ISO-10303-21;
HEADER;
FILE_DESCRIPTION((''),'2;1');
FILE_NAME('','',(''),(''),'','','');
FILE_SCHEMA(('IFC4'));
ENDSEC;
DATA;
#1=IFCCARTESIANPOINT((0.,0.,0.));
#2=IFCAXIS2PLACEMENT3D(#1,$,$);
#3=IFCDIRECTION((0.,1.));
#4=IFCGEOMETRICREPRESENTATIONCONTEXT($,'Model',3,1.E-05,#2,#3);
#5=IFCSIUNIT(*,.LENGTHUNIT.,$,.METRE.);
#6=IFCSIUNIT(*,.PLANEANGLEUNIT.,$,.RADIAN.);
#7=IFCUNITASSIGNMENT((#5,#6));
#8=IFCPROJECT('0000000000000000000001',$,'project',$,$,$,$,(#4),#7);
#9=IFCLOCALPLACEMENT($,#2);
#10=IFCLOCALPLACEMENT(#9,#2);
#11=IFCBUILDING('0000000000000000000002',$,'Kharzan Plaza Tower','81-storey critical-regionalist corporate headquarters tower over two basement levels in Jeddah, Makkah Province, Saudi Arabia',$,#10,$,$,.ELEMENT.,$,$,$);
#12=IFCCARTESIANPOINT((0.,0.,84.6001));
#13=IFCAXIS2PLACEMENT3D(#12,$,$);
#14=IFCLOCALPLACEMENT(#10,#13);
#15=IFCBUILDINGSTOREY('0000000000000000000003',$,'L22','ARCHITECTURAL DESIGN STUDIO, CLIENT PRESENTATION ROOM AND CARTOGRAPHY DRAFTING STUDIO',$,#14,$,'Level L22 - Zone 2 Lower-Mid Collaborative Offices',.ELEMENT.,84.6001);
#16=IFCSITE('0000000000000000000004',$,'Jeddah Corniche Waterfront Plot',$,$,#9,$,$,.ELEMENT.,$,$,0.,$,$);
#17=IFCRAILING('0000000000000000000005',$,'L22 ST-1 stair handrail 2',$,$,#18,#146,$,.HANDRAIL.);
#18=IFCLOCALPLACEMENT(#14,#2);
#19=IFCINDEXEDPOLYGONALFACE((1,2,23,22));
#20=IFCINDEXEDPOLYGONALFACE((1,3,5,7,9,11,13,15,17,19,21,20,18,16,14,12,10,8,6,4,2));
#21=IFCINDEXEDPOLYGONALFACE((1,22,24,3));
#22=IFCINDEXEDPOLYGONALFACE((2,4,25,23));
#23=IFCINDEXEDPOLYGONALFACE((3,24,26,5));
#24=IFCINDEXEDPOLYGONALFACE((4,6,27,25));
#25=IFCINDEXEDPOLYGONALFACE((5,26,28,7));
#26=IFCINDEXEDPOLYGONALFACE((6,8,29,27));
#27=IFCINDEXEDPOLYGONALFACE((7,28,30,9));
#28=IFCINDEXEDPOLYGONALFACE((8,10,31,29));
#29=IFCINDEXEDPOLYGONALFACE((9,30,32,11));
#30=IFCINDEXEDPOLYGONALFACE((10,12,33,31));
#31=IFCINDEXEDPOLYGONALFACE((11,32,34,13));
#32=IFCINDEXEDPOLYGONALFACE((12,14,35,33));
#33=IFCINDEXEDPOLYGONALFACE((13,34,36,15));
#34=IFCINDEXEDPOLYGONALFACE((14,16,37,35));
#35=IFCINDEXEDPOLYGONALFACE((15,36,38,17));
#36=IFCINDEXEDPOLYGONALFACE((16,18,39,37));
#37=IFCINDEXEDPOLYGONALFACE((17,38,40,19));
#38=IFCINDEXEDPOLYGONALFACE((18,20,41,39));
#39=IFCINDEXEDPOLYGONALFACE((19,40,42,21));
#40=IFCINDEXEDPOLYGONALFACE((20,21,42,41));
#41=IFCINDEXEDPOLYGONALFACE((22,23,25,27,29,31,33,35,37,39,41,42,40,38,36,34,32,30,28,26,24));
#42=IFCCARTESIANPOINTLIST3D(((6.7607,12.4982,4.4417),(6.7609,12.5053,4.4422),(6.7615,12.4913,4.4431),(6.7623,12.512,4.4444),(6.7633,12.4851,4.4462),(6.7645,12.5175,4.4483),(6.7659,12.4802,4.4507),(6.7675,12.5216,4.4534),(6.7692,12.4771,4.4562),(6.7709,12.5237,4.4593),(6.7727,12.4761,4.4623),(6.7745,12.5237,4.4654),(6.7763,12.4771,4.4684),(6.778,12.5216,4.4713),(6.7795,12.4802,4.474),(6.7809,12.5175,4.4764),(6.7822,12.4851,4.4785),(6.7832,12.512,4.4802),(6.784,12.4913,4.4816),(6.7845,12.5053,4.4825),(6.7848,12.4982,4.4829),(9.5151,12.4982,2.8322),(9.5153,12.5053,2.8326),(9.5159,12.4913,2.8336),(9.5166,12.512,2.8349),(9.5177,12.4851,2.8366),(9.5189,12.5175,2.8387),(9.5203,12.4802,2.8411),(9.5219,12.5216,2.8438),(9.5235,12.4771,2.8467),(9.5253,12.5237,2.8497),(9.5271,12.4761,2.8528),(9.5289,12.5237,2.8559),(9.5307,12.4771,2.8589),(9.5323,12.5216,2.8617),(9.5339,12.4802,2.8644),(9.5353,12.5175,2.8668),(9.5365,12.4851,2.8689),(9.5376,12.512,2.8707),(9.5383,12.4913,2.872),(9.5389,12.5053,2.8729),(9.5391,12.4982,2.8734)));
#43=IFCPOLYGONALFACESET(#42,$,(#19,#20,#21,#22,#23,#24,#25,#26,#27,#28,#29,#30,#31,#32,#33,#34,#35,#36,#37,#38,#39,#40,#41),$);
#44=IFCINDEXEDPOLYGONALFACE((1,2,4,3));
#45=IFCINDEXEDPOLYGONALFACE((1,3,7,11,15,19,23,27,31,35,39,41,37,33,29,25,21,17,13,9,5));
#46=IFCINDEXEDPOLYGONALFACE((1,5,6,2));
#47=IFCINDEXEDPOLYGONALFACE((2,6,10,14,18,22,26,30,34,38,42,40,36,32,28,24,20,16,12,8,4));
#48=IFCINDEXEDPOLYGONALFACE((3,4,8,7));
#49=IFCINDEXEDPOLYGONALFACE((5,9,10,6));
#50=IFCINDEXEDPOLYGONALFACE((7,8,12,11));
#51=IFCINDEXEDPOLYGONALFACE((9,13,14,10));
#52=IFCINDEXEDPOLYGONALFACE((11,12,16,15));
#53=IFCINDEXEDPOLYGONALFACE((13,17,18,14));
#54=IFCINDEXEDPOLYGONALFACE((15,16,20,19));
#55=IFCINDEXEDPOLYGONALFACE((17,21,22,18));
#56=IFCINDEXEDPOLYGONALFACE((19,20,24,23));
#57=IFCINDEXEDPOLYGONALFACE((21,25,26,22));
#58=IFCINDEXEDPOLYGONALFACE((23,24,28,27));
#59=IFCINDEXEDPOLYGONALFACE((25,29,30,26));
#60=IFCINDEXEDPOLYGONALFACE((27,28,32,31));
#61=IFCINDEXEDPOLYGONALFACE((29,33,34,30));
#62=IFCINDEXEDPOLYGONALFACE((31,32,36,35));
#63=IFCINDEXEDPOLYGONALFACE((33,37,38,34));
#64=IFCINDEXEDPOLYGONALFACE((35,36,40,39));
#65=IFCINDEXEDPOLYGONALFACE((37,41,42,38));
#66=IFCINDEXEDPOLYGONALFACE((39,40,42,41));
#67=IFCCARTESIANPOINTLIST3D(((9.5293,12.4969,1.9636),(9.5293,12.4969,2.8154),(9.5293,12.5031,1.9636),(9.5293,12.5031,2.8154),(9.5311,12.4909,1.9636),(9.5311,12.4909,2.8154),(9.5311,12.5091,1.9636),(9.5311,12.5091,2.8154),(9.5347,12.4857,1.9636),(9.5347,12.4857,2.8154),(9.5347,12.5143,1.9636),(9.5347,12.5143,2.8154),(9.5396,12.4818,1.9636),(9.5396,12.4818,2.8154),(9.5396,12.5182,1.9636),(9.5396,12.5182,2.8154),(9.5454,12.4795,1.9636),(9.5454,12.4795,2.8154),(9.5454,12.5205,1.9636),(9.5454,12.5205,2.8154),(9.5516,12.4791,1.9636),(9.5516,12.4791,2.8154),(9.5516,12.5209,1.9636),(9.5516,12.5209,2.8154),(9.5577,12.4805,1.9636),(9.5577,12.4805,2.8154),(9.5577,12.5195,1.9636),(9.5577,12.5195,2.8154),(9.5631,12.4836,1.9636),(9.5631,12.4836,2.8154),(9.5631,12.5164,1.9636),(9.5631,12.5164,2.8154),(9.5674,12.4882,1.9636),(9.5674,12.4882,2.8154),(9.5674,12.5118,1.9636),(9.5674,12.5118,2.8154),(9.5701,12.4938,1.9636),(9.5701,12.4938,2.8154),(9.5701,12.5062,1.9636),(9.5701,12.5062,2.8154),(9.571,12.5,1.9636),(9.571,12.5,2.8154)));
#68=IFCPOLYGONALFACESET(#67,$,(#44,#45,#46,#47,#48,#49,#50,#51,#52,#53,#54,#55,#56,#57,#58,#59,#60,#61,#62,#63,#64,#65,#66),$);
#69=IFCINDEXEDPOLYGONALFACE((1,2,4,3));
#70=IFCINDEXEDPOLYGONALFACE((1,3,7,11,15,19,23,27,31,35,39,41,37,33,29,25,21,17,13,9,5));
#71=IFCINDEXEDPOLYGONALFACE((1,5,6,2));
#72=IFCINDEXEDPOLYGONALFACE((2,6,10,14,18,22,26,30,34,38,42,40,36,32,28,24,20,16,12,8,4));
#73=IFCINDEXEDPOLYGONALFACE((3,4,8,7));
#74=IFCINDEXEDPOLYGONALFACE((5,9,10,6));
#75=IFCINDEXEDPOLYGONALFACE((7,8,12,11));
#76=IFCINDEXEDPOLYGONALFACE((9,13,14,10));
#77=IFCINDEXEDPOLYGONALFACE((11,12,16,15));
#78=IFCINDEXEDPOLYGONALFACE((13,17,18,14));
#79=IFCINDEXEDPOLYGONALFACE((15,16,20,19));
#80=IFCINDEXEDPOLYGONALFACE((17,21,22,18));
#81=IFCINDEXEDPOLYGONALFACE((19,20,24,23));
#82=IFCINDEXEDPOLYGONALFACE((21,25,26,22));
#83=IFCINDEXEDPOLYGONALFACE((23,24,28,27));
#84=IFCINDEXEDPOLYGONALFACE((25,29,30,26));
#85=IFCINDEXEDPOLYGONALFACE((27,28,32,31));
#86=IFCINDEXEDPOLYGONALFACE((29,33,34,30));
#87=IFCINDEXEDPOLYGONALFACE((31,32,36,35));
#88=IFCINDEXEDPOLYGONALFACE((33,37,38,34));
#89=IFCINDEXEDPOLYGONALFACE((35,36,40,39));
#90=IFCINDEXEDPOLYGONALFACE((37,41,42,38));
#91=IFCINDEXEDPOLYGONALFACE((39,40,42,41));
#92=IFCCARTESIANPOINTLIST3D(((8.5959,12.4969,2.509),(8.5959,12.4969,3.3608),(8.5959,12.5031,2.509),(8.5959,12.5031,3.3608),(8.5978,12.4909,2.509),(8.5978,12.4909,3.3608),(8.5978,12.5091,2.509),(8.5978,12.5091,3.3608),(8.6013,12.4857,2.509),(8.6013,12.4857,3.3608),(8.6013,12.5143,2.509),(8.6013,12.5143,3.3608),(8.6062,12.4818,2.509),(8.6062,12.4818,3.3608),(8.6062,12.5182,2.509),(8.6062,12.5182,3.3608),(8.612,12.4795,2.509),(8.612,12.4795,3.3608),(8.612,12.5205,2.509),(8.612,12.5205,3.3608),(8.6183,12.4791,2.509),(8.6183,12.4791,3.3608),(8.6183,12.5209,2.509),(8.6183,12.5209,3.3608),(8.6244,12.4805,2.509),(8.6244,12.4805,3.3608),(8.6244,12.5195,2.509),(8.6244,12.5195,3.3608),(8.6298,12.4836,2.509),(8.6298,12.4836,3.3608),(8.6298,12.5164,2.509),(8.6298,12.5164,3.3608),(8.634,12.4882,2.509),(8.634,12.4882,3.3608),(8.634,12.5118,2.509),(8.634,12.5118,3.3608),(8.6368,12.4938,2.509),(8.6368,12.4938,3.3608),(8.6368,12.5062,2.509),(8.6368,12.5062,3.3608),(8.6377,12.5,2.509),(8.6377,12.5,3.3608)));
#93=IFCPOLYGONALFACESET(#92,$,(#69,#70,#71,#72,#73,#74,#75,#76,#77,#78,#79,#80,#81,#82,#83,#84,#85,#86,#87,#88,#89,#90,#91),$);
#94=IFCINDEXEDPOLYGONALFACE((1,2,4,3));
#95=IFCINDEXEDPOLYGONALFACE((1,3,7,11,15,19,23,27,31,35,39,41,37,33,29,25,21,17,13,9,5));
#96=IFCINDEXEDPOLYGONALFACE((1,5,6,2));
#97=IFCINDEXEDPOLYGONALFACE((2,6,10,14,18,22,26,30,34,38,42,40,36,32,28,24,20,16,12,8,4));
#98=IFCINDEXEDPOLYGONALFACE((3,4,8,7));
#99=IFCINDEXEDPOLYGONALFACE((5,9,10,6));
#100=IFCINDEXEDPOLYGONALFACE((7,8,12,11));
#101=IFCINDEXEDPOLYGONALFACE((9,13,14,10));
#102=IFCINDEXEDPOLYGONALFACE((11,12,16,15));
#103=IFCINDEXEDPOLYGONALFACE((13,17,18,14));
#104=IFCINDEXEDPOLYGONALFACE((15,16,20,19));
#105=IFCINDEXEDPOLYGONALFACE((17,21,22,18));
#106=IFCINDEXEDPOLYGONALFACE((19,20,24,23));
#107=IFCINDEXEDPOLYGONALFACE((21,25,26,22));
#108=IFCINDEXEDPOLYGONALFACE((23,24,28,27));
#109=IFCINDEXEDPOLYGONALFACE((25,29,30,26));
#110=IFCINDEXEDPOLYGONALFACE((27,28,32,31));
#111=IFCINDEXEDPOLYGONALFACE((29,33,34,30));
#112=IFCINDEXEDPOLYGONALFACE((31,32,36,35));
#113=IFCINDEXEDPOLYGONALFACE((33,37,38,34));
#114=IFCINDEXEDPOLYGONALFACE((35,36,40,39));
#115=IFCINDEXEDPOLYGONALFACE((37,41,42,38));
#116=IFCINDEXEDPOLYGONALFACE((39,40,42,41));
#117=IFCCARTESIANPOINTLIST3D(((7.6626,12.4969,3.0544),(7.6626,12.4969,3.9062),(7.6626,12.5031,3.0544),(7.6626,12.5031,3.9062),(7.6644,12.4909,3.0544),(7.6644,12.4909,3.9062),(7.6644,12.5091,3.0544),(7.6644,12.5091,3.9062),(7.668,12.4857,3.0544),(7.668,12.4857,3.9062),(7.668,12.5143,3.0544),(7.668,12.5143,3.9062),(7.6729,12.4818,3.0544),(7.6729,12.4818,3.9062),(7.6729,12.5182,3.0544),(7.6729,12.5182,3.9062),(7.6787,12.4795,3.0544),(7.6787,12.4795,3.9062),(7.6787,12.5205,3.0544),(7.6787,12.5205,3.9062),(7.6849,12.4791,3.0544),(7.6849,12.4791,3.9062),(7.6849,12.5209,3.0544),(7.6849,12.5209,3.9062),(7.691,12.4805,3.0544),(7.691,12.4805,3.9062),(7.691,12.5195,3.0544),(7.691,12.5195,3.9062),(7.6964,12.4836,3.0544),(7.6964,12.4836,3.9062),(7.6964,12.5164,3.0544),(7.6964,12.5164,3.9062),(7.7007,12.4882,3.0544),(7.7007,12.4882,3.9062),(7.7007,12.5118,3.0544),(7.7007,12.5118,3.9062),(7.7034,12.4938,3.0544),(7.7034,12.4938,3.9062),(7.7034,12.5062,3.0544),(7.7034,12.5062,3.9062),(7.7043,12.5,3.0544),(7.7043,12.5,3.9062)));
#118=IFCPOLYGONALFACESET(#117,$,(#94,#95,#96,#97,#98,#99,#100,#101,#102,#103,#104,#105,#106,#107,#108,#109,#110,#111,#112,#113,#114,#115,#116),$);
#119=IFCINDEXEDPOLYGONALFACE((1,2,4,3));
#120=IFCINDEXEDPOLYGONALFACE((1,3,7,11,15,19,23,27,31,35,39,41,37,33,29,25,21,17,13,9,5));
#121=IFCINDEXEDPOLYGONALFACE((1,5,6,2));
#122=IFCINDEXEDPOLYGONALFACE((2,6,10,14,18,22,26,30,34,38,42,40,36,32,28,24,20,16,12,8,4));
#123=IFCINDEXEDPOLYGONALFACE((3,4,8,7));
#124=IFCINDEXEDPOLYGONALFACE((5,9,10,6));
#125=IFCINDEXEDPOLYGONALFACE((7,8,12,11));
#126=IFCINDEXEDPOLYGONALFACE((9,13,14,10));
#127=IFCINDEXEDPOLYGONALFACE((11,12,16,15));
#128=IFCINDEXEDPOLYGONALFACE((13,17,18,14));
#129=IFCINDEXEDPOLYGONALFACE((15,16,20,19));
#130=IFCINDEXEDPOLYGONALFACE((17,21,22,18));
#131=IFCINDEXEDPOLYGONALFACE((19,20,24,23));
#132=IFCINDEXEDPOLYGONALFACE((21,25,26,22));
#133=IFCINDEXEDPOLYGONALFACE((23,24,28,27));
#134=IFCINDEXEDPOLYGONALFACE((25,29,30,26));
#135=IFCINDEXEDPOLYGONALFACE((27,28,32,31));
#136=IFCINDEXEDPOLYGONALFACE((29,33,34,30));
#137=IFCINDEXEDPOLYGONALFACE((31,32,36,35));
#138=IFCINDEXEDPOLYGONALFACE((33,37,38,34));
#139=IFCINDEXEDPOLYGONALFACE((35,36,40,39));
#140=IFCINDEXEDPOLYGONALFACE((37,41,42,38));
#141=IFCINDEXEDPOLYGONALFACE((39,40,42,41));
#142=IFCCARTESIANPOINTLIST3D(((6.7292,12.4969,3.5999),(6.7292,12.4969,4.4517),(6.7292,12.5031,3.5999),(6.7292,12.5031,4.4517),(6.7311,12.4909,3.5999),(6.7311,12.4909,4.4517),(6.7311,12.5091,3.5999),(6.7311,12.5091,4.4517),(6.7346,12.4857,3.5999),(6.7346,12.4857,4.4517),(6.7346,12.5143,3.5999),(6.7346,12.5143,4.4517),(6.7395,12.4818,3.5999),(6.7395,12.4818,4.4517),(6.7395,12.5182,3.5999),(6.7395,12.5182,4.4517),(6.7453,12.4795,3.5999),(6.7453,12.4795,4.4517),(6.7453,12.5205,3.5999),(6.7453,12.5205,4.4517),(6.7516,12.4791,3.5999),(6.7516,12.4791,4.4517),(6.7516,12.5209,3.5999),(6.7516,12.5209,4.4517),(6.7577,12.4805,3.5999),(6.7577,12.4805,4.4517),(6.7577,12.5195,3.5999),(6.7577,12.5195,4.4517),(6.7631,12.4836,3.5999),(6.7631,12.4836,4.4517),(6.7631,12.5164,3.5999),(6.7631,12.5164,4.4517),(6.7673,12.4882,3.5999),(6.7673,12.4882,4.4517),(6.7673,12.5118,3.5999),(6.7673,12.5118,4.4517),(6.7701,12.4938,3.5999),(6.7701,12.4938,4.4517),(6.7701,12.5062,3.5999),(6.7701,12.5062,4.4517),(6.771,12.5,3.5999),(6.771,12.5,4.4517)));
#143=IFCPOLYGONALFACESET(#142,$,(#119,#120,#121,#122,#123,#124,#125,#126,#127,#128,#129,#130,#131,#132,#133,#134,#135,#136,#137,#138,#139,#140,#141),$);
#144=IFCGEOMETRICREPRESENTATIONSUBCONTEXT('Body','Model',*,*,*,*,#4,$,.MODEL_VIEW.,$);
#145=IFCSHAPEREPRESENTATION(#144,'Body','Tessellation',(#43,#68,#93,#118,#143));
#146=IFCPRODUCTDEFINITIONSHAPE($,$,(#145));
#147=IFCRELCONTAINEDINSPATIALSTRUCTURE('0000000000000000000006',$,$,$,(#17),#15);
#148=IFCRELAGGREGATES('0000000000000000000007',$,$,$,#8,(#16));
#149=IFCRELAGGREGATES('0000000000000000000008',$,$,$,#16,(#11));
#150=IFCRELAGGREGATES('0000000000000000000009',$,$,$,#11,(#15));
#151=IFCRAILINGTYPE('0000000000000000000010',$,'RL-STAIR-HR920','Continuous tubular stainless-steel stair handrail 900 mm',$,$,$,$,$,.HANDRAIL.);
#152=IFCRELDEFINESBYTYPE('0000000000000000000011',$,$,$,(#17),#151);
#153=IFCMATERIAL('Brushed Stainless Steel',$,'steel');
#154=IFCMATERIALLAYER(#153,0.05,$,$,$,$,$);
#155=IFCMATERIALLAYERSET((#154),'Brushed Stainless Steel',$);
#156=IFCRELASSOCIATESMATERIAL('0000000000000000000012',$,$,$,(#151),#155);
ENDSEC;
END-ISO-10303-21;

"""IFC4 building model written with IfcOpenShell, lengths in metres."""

from ifc_helpers import new_model, si_unit, direction, frame, origin, origin_2d, place, context, subcontext, project, spatial, circle, extrude, source, transform, mapped, material, layer, layer_set, type_object, element, save


model = new_model("IFC4")

# Units and contexts
model_context = context("Model", 3, precision=1e-05, world=origin(), true_north=direction((0.0, 1.0)))
body_context = subcontext(model_context, "Body", "Model", "MODEL_VIEW")
ifc_project = project(units=[si_unit("LENGTHUNIT", "METRE"), si_unit("PLANEANGLEUNIT", "RADIAN")], contexts=[model_context])

# Site, building, storey
site_placement = place(None, origin())
site = spatial("IfcSite", under=ifc_project, at=site_placement, Name="Jeddah Corniche Waterfront Plot", CompositionType="ELEMENT", RefElevation=0.0)
building_placement = place(site_placement, origin())
building = spatial("IfcBuilding", under=site, at=building_placement, Name="Kharzan Plaza Tower", Description="81-storey critical-regionalist corporate headquarters tower over two basement levels in Jeddah, Makkah Province, Saudi Arabia", CompositionType="ELEMENT")
storey_placement = place(building_placement, frame((0.0, 0.0, 84.6001)))
storey = spatial("IfcBuildingStorey", under=building, at=storey_placement, Name="L22", Description="ARCHITECTURAL DESIGN STUDIO, CLIENT PRESENTATION ROOM AND CARTOGRAPHY DRAFTING STUDIO", LongName="Level L22 - Zone 2 Lower-Mid Collaborative Offices", CompositionType="ELEMENT", Elevation=84.6001)

# Shared definitions
ifc_material_1 = material(Name="Brushed Stainless Steel", Category="steel")

# Railing
ifc_layer_1 = layer(ifc_material_1, 0.05)
ifc_layer_set_1 = layer_set([ifc_layer_1], Name="Brushed Stainless Steel")
railing_type = type_object("IfcRailingType", Name="RL-STAIR-HR920", Description="Continuous tubular stainless-steel stair handrail 900 mm", PredefinedType="HANDRAIL", material=ifc_layer_set_1)
shared_shape_1 = source(origin(), body_context, "Body", "SweptSolid", [
    extrude(circle(Radius=0.0239, at=origin_2d()), frame((-0.0229, 0.0, 0.8892), z_axis=(-0.863394, 0.0, 0.504531), x_axis=(0.0, -1.0, 0.0)), (0.0, 0.0, 1.0), 3.1902),
    extrude(circle(Radius=0.021, at=origin_2d()), origin(), (0.0, 0.0, 1.0), 0.8518),
    extrude(circle(Radius=0.021, at=origin_2d()), frame((-0.9333, 0.0, 0.5454)), (0.0, 0.0, 1.0), 0.8518),
    extrude(circle(Radius=0.021, at=origin_2d()), frame((-1.8667, 0.0, 1.0908)), (0.0, 0.0, 1.0), 0.8518),
    extrude(circle(Radius=0.021, at=origin_2d()), frame((-2.8, 0.0, 1.6362)), (0.0, 0.0, 1.0), 0.8518),
])
railing_placement = place(storey_placement, frame((9.55, 12.5, 1.9636)))
element("IfcRailing", 1, at=railing_placement, inside=storey, type_object=railing_type, Name="L22 ST-1 stair handrail 2", PredefinedType="HANDRAIL", context=body_context, shape_type="MappedRepresentation", body=[
    mapped(shared_shape_1, transform((0.0, 0.0, 0.0), x_axis=(1.0, 0.0, 0.0), y_axis=(0.0, 1.0, 0.0), z_axis=(0.0, 0.0, 1.0))),
])

save(model, "model.ifc")
